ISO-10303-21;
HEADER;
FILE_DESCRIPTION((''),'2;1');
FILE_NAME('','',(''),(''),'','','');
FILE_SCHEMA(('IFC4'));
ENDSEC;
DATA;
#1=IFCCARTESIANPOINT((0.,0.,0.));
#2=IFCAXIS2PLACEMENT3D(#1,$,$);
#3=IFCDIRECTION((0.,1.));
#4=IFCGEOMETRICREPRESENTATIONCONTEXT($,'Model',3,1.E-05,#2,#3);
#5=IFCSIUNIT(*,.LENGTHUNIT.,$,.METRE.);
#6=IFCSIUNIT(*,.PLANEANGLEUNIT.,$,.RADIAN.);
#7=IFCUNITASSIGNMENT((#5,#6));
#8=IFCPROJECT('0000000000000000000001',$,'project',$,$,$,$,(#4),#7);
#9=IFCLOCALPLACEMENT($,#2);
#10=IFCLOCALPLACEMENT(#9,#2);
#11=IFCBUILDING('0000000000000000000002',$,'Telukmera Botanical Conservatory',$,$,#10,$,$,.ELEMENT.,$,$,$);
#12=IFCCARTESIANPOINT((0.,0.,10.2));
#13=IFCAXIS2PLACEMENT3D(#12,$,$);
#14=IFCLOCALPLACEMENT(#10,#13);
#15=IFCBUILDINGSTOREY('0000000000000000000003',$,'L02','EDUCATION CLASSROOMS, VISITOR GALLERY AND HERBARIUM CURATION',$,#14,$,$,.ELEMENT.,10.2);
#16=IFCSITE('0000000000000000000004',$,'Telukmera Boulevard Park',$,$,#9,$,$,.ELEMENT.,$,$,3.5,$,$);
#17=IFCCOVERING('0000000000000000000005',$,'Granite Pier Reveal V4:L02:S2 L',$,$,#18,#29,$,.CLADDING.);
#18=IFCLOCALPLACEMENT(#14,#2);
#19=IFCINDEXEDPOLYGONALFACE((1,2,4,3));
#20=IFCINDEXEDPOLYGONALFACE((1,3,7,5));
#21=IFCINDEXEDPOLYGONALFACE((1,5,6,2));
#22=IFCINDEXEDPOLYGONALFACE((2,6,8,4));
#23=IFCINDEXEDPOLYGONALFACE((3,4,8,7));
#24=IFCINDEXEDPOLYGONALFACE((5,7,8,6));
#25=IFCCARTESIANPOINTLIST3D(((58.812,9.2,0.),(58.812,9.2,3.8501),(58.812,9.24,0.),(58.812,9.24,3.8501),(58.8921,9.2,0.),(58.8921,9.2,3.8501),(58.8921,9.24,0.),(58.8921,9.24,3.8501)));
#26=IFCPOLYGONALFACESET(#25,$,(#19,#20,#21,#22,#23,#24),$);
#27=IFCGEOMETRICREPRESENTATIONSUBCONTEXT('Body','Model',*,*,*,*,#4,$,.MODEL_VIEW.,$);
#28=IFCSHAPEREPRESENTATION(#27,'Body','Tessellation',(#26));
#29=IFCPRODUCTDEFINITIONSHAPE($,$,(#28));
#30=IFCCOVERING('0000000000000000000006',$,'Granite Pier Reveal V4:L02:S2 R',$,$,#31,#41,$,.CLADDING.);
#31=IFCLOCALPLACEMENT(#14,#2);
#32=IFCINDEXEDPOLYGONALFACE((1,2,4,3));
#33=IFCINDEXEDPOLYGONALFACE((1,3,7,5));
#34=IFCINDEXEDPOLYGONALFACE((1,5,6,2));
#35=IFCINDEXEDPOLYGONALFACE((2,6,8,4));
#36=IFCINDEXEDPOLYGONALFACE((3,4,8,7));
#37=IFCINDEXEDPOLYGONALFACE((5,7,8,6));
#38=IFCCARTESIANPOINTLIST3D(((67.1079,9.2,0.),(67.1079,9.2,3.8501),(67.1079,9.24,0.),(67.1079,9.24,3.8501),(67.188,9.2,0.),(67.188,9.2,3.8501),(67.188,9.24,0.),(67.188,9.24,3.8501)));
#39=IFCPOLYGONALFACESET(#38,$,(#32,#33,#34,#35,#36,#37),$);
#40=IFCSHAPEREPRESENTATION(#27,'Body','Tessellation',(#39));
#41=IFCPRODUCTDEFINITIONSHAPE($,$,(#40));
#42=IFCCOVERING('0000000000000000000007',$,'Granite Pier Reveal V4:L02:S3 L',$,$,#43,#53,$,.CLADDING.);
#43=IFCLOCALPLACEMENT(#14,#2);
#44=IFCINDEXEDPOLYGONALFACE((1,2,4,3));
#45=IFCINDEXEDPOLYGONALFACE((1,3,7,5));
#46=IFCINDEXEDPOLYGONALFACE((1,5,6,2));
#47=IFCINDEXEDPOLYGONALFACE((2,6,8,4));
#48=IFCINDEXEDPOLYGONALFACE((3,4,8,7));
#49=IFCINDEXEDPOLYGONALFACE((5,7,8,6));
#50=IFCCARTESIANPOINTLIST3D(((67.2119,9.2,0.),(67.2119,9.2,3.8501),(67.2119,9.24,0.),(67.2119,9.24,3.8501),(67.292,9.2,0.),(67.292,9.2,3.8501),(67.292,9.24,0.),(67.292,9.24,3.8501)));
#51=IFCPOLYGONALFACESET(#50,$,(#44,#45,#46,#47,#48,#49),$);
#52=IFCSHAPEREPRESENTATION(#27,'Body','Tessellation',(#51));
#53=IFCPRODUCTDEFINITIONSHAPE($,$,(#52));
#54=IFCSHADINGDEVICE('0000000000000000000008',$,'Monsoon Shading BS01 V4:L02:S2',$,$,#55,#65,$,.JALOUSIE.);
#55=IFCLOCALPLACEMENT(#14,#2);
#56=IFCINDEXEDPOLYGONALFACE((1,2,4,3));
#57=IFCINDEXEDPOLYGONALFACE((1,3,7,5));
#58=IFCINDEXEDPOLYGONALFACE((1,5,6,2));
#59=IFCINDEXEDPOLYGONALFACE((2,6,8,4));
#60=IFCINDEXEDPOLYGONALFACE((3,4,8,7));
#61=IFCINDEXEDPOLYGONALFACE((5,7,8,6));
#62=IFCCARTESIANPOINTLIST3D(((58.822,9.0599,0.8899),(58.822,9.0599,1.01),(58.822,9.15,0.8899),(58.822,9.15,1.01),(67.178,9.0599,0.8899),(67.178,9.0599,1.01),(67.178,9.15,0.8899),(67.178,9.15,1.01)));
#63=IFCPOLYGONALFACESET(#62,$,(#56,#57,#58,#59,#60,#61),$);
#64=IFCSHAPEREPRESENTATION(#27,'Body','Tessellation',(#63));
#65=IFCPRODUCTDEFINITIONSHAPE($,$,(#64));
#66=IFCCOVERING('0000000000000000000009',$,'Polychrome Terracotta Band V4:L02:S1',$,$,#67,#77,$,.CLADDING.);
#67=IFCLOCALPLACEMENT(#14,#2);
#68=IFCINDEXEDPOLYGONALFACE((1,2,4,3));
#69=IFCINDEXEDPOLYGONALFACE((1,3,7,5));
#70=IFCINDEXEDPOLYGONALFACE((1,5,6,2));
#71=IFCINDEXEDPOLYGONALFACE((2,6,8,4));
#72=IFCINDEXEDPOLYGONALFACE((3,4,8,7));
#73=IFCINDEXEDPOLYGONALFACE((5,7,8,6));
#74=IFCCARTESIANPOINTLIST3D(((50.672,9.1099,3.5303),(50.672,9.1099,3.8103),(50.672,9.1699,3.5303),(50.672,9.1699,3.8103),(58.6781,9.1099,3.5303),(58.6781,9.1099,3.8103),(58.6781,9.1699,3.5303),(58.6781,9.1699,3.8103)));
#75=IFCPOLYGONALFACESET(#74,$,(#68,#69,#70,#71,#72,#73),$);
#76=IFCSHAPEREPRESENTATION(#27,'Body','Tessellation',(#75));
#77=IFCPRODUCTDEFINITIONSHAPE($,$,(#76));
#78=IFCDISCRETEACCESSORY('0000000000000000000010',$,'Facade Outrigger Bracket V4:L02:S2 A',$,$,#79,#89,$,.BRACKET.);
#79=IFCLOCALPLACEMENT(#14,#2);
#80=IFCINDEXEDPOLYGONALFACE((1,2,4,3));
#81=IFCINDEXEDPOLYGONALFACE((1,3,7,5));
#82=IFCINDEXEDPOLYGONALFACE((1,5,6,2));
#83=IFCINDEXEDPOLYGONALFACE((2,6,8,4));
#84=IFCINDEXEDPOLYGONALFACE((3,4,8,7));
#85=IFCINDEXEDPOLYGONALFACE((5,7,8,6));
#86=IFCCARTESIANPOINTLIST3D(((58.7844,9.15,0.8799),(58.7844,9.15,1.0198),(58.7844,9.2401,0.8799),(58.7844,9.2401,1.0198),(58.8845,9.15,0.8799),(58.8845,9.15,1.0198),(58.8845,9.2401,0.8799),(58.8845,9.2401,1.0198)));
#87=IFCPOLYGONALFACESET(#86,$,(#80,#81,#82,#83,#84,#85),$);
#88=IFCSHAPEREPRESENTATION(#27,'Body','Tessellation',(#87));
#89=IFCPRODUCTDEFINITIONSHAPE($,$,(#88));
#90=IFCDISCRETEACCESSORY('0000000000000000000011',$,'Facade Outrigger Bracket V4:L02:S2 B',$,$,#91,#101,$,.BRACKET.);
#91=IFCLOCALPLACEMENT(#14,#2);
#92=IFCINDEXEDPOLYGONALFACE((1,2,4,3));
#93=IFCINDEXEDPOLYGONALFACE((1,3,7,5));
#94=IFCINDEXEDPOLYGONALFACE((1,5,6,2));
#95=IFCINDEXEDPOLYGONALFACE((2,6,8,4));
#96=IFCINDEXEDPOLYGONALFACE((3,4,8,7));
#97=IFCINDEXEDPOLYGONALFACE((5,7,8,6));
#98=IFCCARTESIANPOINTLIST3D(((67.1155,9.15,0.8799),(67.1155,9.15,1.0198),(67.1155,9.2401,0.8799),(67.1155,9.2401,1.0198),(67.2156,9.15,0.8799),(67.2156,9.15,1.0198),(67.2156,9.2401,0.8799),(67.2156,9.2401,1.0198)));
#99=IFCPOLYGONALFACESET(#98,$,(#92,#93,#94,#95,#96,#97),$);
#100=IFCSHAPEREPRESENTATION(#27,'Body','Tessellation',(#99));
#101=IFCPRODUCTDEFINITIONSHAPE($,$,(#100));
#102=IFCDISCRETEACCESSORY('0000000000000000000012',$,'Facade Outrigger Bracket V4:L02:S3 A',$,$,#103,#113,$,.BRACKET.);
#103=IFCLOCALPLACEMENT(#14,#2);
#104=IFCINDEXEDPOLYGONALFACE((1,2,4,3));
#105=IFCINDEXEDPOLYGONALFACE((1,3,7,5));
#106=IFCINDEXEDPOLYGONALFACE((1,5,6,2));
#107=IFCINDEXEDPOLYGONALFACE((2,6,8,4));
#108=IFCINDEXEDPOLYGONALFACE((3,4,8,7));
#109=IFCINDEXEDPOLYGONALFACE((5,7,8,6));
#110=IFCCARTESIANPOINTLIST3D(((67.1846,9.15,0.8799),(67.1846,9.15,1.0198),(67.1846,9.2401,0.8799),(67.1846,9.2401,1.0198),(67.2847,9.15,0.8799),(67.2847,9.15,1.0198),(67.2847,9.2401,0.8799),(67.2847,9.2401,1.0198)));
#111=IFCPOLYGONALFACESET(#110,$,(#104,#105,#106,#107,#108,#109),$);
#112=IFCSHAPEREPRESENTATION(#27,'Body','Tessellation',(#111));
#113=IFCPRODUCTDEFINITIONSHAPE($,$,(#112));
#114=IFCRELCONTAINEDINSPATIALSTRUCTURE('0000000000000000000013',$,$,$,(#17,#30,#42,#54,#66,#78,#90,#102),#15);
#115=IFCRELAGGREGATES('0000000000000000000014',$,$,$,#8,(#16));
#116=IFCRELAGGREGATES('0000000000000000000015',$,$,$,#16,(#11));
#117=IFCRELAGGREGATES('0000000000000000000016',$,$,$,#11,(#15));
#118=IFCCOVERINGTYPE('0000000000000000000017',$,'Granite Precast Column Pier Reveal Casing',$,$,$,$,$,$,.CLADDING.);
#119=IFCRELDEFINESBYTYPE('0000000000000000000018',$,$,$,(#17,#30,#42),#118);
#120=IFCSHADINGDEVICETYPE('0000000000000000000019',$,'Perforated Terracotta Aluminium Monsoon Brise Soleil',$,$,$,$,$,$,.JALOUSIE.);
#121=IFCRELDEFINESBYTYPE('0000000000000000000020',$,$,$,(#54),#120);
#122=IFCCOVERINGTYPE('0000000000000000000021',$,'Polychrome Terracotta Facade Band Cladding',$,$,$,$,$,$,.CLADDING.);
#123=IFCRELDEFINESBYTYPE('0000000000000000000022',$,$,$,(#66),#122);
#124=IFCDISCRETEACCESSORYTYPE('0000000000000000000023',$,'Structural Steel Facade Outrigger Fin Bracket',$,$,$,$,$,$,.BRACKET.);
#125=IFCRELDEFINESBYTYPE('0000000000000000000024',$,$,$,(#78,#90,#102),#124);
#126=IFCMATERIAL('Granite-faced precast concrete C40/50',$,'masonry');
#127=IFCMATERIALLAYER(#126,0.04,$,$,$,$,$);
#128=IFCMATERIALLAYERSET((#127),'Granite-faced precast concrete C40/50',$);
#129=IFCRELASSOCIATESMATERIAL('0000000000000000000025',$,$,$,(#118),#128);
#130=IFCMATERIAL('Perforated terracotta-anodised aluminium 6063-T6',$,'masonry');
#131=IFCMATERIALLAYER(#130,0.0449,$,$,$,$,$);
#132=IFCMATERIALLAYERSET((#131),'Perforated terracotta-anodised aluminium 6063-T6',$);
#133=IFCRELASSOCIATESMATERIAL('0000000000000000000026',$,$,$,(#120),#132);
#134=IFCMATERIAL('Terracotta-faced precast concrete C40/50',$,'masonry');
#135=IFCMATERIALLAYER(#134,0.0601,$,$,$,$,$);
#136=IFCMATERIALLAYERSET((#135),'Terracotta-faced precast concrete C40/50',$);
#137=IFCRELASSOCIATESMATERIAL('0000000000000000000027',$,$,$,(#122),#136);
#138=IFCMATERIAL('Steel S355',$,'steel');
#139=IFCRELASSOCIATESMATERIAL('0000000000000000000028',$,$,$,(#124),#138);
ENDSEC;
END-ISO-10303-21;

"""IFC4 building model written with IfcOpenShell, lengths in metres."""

from ifc_helpers import new_model, si_unit, direction, frame, origin, origin_2d, place, context, subcontext, project, spatial, rectangle, extrude, material, layer, layer_set, type_object, element, save


model = new_model("IFC4")

# Units and contexts
model_context = context("Model", 3, precision=1e-05, world=origin(), true_north=direction((0.0, 1.0)))
body_context = subcontext(model_context, "Body", "Model", "MODEL_VIEW")
ifc_project = project(units=[si_unit("LENGTHUNIT", "METRE"), si_unit("PLANEANGLEUNIT", "RADIAN")], contexts=[model_context])

# Site, building, storey
site_placement = place(None, origin())
site = spatial("IfcSite", under=ifc_project, at=site_placement, Name="Telukmera Boulevard Park", CompositionType="ELEMENT", RefElevation=3.5)
building_placement = place(site_placement, origin())
building = spatial("IfcBuilding", under=site, at=building_placement, Name="Telukmera Botanical Conservatory", CompositionType="ELEMENT")
storey_placement = place(building_placement, frame((0.0, 0.0, 10.2)))
storey = spatial("IfcBuildingStorey", under=building, at=storey_placement, Name="L02", Description="EDUCATION CLASSROOMS, VISITOR GALLERY AND HERBARIUM CURATION", CompositionType="ELEMENT", Elevation=10.2)

# Shared definitions
ifc_material_1 = material(Name="Terracotta-faced precast concrete C40/50", Category="masonry")

# Coverings
ifc_material_2 = material(Name="Granite-faced precast concrete C40/50", Category="masonry")
ifc_layer_1 = layer(ifc_material_2, 0.04)
ifc_layer_set_1 = layer_set([ifc_layer_1], Name="Granite-faced precast concrete C40/50")
covering_type_1 = type_object("IfcCoveringType", Name="Granite Precast Column Pier Reveal Casing", PredefinedType="CLADDING", material=ifc_layer_set_1)
for number, where, z_axis, x_axis, name in (
    (1, (58.8521, 9.22, 0.0), (0.0, 0.0, 1.0), (1.0, 0.0, 0.0), "Granite Pier Reveal V4:L02:S2 L"),
    (2, (67.1479, 9.22, 0.0), (0.0, 0.0, 1.0), (1.0, 0.0, 0.0), "Granite Pier Reveal V4:L02:S2 R"),
    (3, (67.252, 9.22, 0.0), (0.0, 0.0, 1.0), (1.0, 0.0, 0.0), "Granite Pier Reveal V4:L02:S3 L"),
):
    element("IfcCovering", number, at=place(storey_placement, frame(where, z_axis=z_axis, x_axis=x_axis)), inside=storey, type_object=covering_type_1, Name=name, PredefinedType="CLADDING", context=body_context, shape_type="SweptSolid", body=[
        extrude(rectangle(XDim=0.0801, YDim=0.04, at=origin_2d()), origin(), (0.0, 0.0, 1.0), 3.8501),
    ])

# Shading device
ifc_material_3 = material(Name="Perforated terracotta-anodised aluminium 6063-T6", Category="masonry")
ifc_layer_2 = layer(ifc_material_3, 0.0449)
ifc_layer_set_2 = layer_set([ifc_layer_2], Name="Perforated terracotta-anodised aluminium 6063-T6")
shading_device_type = type_object("IfcShadingDeviceType", Name="Perforated Terracotta Aluminium Monsoon Brise Soleil", PredefinedType="JALOUSIE", material=ifc_layer_set_2)
shading_device_placement = place(storey_placement, frame((63.0, 9.105, 0.8899), z_axis=(0.0, 0.0, 1.0), x_axis=(1.0, 0.0, 0.0)))
element("IfcShadingDevice", 4, at=shading_device_placement, inside=storey, type_object=shading_device_type, Name="Monsoon Shading BS01 V4:L02:S2", PredefinedType="JALOUSIE", context=body_context, shape_type="SweptSolid", body=[
    extrude(rectangle(XDim=8.356, YDim=0.0901, at=origin_2d()), origin(), (0.0, 0.0, 1.0), 0.1201),
])

# Covering
ifc_layer_3 = layer(ifc_material_1, 0.0601)
ifc_layer_set_3 = layer_set([ifc_layer_3], Name="Terracotta-faced precast concrete C40/50")
covering_type_2 = type_object("IfcCoveringType", Name="Polychrome Terracotta Facade Band Cladding", PredefinedType="CLADDING", material=ifc_layer_set_3)
covering_placement = place(storey_placement, frame((54.675, 9.1399, 3.5303), z_axis=(0.0, 0.0, 1.0), x_axis=(1.0, 0.0, 0.0)))
element("IfcCovering", 5, at=covering_placement, inside=storey, type_object=covering_type_2, Name="Polychrome Terracotta Band V4:L02:S1", PredefinedType="CLADDING", context=body_context, shape_type="SweptSolid", body=[
    extrude(rectangle(XDim=8.0061, YDim=0.0601, at=origin_2d()), origin(), (0.0, 0.0, 1.0), 0.28),
])

# Discrete accessories
ifc_material_4 = material(Name="Steel S355", Category="steel")
discrete_accessory_type = type_object("IfcDiscreteAccessoryType", Name="Structural Steel Facade Outrigger Fin Bracket", PredefinedType="BRACKET", material=ifc_material_4)
for number, where, z_axis, x_axis, name in (
    (6, (58.8345, 9.1951, 0.8799), (0.0, 0.0, 1.0), (1.0, 0.0, 0.0), "Facade Outrigger Bracket V4:L02:S2 A"),
    (7, (67.1655, 9.1951, 0.8799), (0.0, 0.0, 1.0), (1.0, 0.0, 0.0), "Facade Outrigger Bracket V4:L02:S2 B"),
    (8, (67.2346, 9.1951, 0.8799), (0.0, 0.0, 1.0), (1.0, 0.0, 0.0), "Facade Outrigger Bracket V4:L02:S3 A"),
):
    element("IfcDiscreteAccessory", number, at=place(storey_placement, frame(where, z_axis=z_axis, x_axis=x_axis)), inside=storey, type_object=discrete_accessory_type, Name=name, PredefinedType="BRACKET", context=body_context, shape_type="SweptSolid", body=[
        extrude(rectangle(XDim=0.1001, YDim=0.0901, at=origin_2d()), origin(), (0.0, 0.0, 1.0), 0.1399),
    ])

save(model, "model.ifc")
